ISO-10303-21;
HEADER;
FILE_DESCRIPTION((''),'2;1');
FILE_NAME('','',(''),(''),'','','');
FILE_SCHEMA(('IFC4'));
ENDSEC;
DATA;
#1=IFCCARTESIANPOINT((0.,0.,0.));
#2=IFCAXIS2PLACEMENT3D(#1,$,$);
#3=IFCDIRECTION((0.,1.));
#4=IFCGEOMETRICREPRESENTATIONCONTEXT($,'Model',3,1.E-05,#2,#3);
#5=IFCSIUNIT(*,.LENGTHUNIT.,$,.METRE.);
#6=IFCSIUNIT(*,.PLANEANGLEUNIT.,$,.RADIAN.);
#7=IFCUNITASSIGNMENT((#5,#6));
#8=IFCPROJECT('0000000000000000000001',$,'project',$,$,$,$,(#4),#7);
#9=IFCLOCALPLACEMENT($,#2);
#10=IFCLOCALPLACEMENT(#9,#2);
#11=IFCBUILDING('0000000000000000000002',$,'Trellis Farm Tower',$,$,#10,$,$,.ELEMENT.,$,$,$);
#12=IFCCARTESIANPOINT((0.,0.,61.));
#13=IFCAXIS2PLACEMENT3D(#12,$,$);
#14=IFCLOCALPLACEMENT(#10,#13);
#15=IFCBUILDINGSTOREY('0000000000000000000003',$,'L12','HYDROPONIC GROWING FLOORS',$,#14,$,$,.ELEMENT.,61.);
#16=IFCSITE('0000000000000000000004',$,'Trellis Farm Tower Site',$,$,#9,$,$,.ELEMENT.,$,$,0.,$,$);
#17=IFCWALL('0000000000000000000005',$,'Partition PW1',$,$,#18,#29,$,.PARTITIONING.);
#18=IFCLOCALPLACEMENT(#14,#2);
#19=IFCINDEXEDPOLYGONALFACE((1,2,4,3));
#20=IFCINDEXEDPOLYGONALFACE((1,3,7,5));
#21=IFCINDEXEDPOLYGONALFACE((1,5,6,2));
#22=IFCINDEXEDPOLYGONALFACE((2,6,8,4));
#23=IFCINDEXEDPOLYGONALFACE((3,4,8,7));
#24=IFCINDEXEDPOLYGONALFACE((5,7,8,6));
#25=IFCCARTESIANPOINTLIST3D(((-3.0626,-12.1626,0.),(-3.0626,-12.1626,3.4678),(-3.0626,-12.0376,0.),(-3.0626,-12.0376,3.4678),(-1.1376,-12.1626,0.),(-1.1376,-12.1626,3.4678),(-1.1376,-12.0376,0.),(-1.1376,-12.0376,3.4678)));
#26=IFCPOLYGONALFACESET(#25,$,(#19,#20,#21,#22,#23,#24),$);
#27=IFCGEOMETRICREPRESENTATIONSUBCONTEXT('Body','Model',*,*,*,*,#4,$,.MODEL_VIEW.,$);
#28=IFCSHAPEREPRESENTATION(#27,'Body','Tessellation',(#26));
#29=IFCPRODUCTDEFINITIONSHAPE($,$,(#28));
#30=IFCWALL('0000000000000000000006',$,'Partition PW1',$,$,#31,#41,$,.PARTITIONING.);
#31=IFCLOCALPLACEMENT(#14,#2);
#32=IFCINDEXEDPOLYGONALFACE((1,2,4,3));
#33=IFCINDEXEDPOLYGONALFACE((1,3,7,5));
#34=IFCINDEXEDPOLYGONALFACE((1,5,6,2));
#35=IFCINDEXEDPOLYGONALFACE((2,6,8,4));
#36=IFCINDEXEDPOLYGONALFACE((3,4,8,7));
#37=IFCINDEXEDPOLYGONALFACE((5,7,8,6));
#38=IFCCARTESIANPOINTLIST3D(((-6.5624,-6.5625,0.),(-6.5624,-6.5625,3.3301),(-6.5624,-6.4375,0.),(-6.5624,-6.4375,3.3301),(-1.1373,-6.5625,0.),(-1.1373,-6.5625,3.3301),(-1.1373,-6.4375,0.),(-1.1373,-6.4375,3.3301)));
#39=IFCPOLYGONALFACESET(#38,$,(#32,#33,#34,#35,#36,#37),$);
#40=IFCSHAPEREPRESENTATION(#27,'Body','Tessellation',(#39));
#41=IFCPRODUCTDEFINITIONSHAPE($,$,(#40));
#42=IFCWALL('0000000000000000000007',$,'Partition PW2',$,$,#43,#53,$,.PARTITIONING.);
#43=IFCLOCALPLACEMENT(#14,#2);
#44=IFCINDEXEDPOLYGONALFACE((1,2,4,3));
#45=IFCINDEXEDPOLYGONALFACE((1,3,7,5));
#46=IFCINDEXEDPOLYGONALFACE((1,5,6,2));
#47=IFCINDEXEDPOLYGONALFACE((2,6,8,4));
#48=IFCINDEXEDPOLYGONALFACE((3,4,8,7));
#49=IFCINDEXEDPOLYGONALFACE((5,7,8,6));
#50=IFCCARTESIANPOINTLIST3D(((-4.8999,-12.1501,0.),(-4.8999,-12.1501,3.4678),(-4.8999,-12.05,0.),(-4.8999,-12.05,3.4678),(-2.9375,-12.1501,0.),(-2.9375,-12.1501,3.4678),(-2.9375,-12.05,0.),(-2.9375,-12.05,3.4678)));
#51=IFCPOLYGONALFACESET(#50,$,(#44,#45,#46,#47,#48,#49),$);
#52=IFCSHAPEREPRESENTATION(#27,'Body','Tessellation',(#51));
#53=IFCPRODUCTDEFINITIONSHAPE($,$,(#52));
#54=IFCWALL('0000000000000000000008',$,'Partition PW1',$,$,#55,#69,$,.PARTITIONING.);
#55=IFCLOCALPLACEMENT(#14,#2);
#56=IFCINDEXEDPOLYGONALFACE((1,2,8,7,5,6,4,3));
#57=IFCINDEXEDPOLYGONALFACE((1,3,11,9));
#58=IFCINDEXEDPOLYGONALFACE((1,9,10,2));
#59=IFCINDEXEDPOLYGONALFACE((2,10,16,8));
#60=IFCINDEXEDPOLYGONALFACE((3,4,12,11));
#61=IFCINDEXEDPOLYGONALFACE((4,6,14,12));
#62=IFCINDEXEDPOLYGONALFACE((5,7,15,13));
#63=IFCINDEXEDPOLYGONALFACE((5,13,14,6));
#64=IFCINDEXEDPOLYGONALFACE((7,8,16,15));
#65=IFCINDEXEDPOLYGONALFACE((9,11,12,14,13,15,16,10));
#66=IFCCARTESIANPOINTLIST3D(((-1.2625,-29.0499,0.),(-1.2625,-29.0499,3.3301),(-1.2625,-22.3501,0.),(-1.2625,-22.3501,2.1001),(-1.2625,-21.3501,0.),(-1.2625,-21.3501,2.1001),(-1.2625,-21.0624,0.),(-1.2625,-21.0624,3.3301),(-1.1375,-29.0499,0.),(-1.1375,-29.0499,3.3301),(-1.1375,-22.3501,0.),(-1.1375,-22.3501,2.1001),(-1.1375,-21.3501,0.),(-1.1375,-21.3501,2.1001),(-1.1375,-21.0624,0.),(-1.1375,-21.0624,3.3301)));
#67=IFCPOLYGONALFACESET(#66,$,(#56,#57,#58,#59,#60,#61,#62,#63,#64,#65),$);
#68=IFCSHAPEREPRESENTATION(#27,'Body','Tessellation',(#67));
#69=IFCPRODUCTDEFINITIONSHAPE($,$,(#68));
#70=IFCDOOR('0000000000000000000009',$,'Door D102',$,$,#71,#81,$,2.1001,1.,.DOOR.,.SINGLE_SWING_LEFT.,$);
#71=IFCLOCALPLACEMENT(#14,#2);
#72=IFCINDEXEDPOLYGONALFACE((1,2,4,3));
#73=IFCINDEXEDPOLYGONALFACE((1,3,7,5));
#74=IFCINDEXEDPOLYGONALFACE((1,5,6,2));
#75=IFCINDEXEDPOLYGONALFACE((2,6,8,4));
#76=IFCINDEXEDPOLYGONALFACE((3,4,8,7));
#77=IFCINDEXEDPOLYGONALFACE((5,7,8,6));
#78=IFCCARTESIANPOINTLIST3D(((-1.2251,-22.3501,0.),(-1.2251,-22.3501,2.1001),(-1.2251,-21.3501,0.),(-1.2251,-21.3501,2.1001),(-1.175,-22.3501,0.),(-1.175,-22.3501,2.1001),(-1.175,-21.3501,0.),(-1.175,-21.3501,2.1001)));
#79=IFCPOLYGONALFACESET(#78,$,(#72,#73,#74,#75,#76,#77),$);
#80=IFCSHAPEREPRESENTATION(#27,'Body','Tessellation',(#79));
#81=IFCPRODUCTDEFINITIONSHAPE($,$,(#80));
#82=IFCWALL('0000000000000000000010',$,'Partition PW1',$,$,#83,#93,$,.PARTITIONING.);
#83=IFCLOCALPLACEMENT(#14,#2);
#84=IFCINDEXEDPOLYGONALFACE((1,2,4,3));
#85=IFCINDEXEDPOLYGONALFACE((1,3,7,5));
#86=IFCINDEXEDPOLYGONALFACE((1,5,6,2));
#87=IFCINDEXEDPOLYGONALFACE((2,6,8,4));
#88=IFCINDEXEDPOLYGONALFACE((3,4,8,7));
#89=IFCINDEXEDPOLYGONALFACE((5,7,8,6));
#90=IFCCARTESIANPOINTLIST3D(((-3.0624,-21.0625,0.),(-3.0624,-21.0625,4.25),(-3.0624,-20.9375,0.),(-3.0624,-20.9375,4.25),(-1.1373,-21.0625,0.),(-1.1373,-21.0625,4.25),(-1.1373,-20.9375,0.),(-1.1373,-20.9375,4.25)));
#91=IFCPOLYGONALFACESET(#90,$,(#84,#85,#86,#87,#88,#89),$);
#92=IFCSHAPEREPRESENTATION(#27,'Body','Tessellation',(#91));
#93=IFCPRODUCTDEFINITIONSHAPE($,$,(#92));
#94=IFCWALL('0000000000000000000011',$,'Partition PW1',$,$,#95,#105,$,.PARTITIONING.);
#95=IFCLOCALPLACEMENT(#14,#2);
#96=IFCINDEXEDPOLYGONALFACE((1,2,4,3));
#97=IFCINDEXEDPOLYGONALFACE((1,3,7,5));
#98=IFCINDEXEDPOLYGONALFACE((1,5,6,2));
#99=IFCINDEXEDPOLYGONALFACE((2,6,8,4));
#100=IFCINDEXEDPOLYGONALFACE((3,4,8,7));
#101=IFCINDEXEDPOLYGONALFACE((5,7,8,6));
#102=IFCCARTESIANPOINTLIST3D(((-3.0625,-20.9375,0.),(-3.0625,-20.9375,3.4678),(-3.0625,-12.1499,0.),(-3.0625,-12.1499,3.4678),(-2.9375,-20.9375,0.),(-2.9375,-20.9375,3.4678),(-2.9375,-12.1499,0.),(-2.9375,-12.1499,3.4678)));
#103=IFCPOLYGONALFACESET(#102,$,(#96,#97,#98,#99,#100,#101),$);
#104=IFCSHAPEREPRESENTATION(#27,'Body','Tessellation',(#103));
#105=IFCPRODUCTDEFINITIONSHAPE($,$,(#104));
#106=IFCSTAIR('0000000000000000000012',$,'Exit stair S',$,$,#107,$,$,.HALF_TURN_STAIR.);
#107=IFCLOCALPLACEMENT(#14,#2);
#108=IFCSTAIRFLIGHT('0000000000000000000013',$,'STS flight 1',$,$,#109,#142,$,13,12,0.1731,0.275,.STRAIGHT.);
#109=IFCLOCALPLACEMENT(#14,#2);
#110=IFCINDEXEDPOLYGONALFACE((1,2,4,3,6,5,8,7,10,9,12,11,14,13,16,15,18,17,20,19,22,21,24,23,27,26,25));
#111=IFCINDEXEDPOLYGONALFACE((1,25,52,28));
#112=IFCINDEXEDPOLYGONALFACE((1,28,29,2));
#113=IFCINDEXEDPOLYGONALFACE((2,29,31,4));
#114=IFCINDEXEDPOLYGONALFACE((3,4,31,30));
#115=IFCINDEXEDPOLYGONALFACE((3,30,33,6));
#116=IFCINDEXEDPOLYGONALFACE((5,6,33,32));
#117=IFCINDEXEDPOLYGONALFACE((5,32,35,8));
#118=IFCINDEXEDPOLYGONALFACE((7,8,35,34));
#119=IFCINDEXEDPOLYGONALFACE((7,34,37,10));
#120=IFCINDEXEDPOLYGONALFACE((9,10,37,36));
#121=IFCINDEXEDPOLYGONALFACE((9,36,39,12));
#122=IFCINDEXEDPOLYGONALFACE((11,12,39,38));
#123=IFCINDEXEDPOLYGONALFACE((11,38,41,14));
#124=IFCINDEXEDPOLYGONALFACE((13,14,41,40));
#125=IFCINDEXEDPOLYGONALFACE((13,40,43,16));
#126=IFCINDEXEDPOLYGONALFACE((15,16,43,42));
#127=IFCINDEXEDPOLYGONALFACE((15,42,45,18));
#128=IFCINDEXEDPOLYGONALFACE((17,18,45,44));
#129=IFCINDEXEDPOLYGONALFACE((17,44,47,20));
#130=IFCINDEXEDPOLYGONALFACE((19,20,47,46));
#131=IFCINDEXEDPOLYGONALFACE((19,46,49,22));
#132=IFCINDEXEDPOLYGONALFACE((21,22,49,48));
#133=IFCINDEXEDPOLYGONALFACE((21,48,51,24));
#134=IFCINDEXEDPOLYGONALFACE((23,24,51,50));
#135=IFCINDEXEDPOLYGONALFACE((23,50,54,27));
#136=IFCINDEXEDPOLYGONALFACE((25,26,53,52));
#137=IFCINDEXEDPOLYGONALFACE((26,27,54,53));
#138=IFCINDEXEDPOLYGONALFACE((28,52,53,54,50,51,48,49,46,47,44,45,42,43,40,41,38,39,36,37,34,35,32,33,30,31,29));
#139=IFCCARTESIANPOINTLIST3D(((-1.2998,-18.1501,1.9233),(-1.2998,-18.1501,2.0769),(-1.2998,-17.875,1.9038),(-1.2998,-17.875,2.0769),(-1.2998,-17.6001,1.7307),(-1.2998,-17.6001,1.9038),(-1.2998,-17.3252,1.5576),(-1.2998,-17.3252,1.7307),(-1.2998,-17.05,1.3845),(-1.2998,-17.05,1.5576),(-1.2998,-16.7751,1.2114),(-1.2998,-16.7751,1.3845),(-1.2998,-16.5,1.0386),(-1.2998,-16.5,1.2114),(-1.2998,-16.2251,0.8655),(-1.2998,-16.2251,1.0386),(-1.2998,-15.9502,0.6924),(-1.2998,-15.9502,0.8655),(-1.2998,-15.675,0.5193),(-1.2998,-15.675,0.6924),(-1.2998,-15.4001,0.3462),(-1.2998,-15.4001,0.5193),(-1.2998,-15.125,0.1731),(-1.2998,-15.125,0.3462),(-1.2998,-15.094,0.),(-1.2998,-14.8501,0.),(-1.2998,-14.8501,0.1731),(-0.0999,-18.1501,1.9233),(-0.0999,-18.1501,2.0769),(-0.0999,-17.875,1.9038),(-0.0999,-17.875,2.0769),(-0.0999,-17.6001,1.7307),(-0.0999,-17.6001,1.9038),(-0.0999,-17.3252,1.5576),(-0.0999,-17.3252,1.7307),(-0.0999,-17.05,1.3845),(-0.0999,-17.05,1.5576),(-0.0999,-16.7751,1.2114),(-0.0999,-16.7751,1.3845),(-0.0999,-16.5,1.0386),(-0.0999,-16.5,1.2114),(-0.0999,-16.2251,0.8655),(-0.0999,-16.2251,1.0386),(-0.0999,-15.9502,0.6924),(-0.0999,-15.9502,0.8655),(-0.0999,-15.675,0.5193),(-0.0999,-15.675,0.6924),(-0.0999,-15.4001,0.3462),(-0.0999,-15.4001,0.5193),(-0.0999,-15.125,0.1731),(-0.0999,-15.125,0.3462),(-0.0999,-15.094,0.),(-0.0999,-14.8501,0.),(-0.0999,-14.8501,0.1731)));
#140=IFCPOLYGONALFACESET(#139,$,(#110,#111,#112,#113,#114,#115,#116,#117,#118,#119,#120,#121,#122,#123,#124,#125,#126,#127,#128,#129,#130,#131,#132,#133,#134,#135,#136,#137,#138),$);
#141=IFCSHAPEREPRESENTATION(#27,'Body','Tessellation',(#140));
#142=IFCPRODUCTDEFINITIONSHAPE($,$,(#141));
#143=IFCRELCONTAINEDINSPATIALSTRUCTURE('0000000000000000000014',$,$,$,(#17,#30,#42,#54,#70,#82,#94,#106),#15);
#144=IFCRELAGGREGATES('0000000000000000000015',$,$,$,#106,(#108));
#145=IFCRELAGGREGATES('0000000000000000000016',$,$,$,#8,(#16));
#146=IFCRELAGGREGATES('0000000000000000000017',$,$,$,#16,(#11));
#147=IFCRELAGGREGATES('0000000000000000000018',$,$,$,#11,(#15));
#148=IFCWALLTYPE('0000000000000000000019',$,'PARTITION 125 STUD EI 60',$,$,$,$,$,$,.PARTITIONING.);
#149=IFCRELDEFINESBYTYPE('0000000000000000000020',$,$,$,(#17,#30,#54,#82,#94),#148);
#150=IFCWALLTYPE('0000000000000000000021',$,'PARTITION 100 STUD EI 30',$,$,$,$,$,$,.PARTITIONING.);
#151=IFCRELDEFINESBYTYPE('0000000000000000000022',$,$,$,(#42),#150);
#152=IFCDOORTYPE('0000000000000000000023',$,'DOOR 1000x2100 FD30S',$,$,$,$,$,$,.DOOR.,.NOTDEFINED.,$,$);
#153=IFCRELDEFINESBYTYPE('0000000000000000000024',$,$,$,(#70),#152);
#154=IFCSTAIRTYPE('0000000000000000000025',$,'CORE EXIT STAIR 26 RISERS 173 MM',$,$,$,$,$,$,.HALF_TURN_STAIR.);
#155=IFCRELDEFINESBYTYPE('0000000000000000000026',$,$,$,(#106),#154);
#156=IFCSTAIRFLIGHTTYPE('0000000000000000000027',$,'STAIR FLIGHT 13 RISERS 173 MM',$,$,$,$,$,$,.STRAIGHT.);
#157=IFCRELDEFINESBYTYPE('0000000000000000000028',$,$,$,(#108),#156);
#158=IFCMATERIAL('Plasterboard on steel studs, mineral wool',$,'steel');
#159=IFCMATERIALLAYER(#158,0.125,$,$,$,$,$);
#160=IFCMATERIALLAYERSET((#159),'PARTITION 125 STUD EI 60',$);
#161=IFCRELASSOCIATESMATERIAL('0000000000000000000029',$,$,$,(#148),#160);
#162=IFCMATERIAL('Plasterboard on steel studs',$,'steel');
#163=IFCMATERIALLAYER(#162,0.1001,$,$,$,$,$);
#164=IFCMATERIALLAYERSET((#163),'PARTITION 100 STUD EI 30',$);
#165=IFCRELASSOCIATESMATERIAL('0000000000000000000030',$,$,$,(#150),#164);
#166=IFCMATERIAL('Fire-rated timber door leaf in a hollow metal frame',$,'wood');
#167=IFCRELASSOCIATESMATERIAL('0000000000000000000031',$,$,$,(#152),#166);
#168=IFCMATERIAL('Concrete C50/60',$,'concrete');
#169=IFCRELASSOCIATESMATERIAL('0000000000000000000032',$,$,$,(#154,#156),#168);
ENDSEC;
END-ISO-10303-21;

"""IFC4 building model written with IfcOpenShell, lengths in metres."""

from ifc_helpers import new_model, si_unit, direction, frame, frame_2d, origin, place, context, subcontext, project, spatial, polyline, rectangle, outline, extrude, source, transform, mapped, material, layer, layer_set, type_object, element, fill, aggregate, save


model = new_model("IFC4")

# Units and contexts
model_context = context("Model", 3, precision=1e-05, world=origin(), true_north=direction((0.0, 1.0)))
body_context = subcontext(model_context, "Body", "Model", "MODEL_VIEW")
ifc_project = project(units=[si_unit("LENGTHUNIT", "METRE"), si_unit("PLANEANGLEUNIT", "RADIAN")], contexts=[model_context])

# Site, building, storey
site_placement = place(None, origin())
site = spatial("IfcSite", under=ifc_project, at=site_placement, Name="Trellis Farm Tower Site", CompositionType="ELEMENT", RefElevation=0.0)
building_placement = place(site_placement, origin())
building = spatial("IfcBuilding", under=site, at=building_placement, Name="Trellis Farm Tower", CompositionType="ELEMENT")
storey_placement = place(building_placement, frame((0.0, 0.0, 61.0)))
storey = spatial("IfcBuildingStorey", under=building, at=storey_placement, Name="L12", Description="HYDROPONIC GROWING FLOORS", CompositionType="ELEMENT", Elevation=61.0)

# Shared definitions
placement = place(storey_placement, origin())

# Shared definitions
ifc_material_1 = material(Name="Plasterboard on steel studs, mineral wool", Category="steel")
ifc_layer_1 = layer(ifc_material_1, 0.125)
ifc_layer_set_1 = layer_set([ifc_layer_1], Name="PARTITION 125 STUD EI 60")
wall_type_1 = type_object("IfcWallType", Name="PARTITION 125 STUD EI 60", PredefinedType="PARTITIONING", material=ifc_layer_set_1)
ifc_material_2 = material(Name="Fire-rated timber door leaf in a hollow metal frame", Category="wood")

# Walls
shared_shape_1 = source(origin(), body_context, "Body", "SweptSolid", [
    extrude(rectangle(XDim=1.925, YDim=0.125, at=frame_2d((0.9624, 0.0))), origin(), (0.0, 0.0, 1.0), 3.4678),
])
wall_1_placement = place(storey_placement, frame((-3.0625, -12.1001, 0.0), z_axis=(0.0, 0.0, 1.0), x_axis=(1.0, 0.0, 0.0)))
element("IfcWall", 1, at=wall_1_placement, inside=storey, type_object=wall_type_1, Name="Partition PW1", PredefinedType="PARTITIONING", context=body_context, shape_type="MappedRepresentation", body=[
    mapped(shared_shape_1, transform((0.0, 0.0, 0.0))),
])
shared_shape_2 = source(origin(), body_context, "Body", "SweptSolid", [
    extrude(rectangle(XDim=5.425, YDim=0.125, at=frame_2d((2.7124, 0.0))), origin(), (0.0, 0.0, 1.0), 3.3301),
])
wall_2_placement = place(storey_placement, frame((-1.1375, -6.5, 0.0), z_axis=(0.0, 0.0, 1.0), x_axis=(-1.0, 0.0, 0.0)))
element("IfcWall", 2, at=wall_2_placement, inside=storey, type_object=wall_type_1, Name="Partition PW1", PredefinedType="PARTITIONING", context=body_context, shape_type="MappedRepresentation", body=[
    mapped(shared_shape_2, transform((0.0, 0.0, 0.0))),
])
ifc_material_3 = material(Name="Plasterboard on steel studs", Category="steel")
ifc_layer_2 = layer(ifc_material_3, 0.1001)
ifc_layer_set_2 = layer_set([ifc_layer_2], Name="PARTITION 100 STUD EI 30")
wall_type_2 = type_object("IfcWallType", Name="PARTITION 100 STUD EI 30", PredefinedType="PARTITIONING", material=ifc_layer_set_2)
shared_shape_3 = source(origin(), body_context, "Body", "SweptSolid", [
    extrude(rectangle(XDim=1.9624, YDim=0.1001, at=frame_2d((0.9812, 0.0))), origin(), (0.0, 0.0, 1.0), 3.4678),
])
wall_3_placement = place(storey_placement, frame((-4.8999, -12.1001, 0.0), z_axis=(0.0, 0.0, 1.0), x_axis=(1.0, 0.0, 0.0)))
element("IfcWall", 3, at=wall_3_placement, inside=storey, type_object=wall_type_2, Name="Partition PW2", PredefinedType="PARTITIONING", context=body_context, shape_type="MappedRepresentation", body=[
    mapped(shared_shape_3, transform((0.0, 0.0, 0.0))),
])

# Wall, opening, door
shared_shape_4 = source(origin(), body_context, "Body", "SweptSolid", [
    extrude(rectangle(XDim=7.9875, YDim=0.125, at=frame_2d((3.9937, 0.0))), origin(), (0.0, 0.0, 1.0), 3.3301),
])
wall_4_placement = place(storey_placement, frame((-1.2, -21.0625, 0.0), z_axis=(0.0, 0.0, 1.0), x_axis=(0.0, -1.0, 0.0)))
wall_4 = element("IfcWall", 4, at=wall_4_placement, inside=storey, type_object=wall_type_1, Name="Partition PW1", PredefinedType="PARTITIONING", context=body_context, shape_type="MappedRepresentation", body=[
    mapped(shared_shape_4, transform((0.0, 0.0, 0.0))),
])
shared_shape_5 = source(origin(), body_context, "Body", "SweptSolid", [
    extrude(rectangle(XDim=1.0, YDim=2.1001, at=frame_2d((0.5, 1.05))), frame((0.0, 0.0725, 0.0), z_axis=(0.0, -1.0, 0.0), x_axis=(1.0, 0.0, 0.0)), (0.0, 0.0, 1.0), 0.145),
])
opening_1_placement = place(wall_4_placement, frame((0.2876, 0.0, 0.0)))
opening_1 = element("IfcOpeningElement", 5, at=opening_1_placement, cuts=wall_4, PredefinedType="OPENING", context=body_context, shape_type="MappedRepresentation", body=[
    mapped(shared_shape_5, transform((0.0, 0.0, 0.0))),
])
door_type_1 = type_object("IfcDoorType", Name="DOOR 1000x2100 FD30S", OperationType="NOTDEFINED", PredefinedType="DOOR", material=ifc_material_2)
shared_shape_6 = source(origin(), body_context, "Body", "SweptSolid", [
    extrude(rectangle(XDim=1.0, YDim=2.1001, at=frame_2d((0.5, 1.05))), frame((0.0, 0.0249, 0.0), z_axis=(0.0, -1.0, 0.0), x_axis=(1.0, 0.0, 0.0)), (0.0, 0.0, 1.0), 0.05),
])
door_1_placement = place(opening_1_placement, origin())
door_1 = element("IfcDoor", 6, at=door_1_placement, inside=storey, type_object=door_type_1, Name="Door D102", OperationType="SINGLE_SWING_LEFT", OverallHeight=2.1001, OverallWidth=1.0, PredefinedType="DOOR", context=body_context, shape_type="MappedRepresentation", body=[
    mapped(shared_shape_6, transform((0.0, 0.0, 0.0))),
])
fill(opening_1, door_1)

# Walls
shared_shape_7 = source(origin(), body_context, "Body", "SweptSolid", [
    extrude(rectangle(XDim=1.925, YDim=0.125, at=frame_2d((0.9624, 0.0))), origin(), (0.0, 0.0, 1.0), 4.25),
])
wall_5_placement = place(storey_placement, frame((-1.1375, -21.0, 0.0), z_axis=(0.0, 0.0, 1.0), x_axis=(-1.0, 0.0, 0.0)))
element("IfcWall", 7, at=wall_5_placement, inside=storey, type_object=wall_type_1, Name="Partition PW1", PredefinedType="PARTITIONING", context=body_context, shape_type="MappedRepresentation", body=[
    mapped(shared_shape_7, transform((0.0, 0.0, 0.0))),
])
shared_shape_8 = source(origin(), body_context, "Body", "SweptSolid", [
    extrude(rectangle(XDim=8.7876, YDim=0.125, at=frame_2d((4.3938, 0.0))), origin(), (0.0, 0.0, 1.0), 3.4678),
])
wall_6_placement = place(storey_placement, frame((-3.0, -20.9375, 0.0), z_axis=(0.0, 0.0, 1.0), x_axis=(0.0, 1.0, 0.0)))
element("IfcWall", 8, at=wall_6_placement, inside=storey, type_object=wall_type_1, Name="Partition PW1", PredefinedType="PARTITIONING", context=body_context, shape_type="MappedRepresentation", body=[
    mapped(shared_shape_8, transform((0.0, 0.0, 0.0))),
])

# Stair, stair flight
ifc_material_4 = material(Name="Concrete C50/60", Category="concrete")
stair_type = type_object("IfcStairType", Name="CORE EXIT STAIR 26 RISERS 173 MM", PredefinedType="HALF_TURN_STAIR", material=ifc_material_4)
stair = element("IfcStair", 9, at=placement, inside=storey, type_object=stair_type, Name="Exit stair S", PredefinedType="HALF_TURN_STAIR")
stair_flight_type = type_object("IfcStairFlightType", Name="STAIR FLIGHT 13 RISERS 173 MM", PredefinedType="STRAIGHT", material=ifc_material_4)
shared_shape_9 = source(origin(), body_context, "Body", "SweptSolid", [
    extrude(outline(polyline([(0.0, 0.0), (0.0, 0.1731), (0.2749, 0.1731), (0.2749, 0.3462), (0.55, 0.3462), (0.55, 0.5193), (0.825, 0.5193), (0.825, 0.6924), (1.1001, 0.6924), (1.1001, 0.8655), (1.375, 0.8655), (1.375, 1.0386), (1.6499, 1.0386), (1.6499, 1.2114), (1.925, 1.2114), (1.925, 1.3845), (2.2, 1.3845), (2.2, 1.5576), (2.4751, 1.5576), (2.4751, 1.7307), (2.75, 1.7307), (2.75, 1.9038), (3.0249, 1.9038), (3.0249, 2.0769), (3.3, 2.0769), (3.3, 2.25), (3.3, 1.9233), (0.2439, 0.0), (0.0, 0.0)])), frame((0.0, 0.6001, 0.0), z_axis=(0.0, -1.0, 0.0), x_axis=(1.0, 0.0, 0.0)), (0.0, 0.0, 1.0), 1.2),
])
stair_flight_placement = place(storey_placement, frame((-0.7, -14.8501, 0.0), z_axis=(0.0, 0.0, 1.0), x_axis=(0.0, -1.0, 0.0)))
stair_flight = element("IfcStairFlight", 10, at=stair_flight_placement, type_object=stair_flight_type, Name="STS flight 1", NumberOfRisers=13, NumberOfTreads=12, PredefinedType="STRAIGHT", RiserHeight=0.1731, TreadLength=0.275, context=body_context, shape_type="MappedRepresentation", body=[
    mapped(shared_shape_9, transform((0.0, 0.0, 0.0))),
])
aggregate(stair, [stair_flight])

save(model, "model.ifc")
